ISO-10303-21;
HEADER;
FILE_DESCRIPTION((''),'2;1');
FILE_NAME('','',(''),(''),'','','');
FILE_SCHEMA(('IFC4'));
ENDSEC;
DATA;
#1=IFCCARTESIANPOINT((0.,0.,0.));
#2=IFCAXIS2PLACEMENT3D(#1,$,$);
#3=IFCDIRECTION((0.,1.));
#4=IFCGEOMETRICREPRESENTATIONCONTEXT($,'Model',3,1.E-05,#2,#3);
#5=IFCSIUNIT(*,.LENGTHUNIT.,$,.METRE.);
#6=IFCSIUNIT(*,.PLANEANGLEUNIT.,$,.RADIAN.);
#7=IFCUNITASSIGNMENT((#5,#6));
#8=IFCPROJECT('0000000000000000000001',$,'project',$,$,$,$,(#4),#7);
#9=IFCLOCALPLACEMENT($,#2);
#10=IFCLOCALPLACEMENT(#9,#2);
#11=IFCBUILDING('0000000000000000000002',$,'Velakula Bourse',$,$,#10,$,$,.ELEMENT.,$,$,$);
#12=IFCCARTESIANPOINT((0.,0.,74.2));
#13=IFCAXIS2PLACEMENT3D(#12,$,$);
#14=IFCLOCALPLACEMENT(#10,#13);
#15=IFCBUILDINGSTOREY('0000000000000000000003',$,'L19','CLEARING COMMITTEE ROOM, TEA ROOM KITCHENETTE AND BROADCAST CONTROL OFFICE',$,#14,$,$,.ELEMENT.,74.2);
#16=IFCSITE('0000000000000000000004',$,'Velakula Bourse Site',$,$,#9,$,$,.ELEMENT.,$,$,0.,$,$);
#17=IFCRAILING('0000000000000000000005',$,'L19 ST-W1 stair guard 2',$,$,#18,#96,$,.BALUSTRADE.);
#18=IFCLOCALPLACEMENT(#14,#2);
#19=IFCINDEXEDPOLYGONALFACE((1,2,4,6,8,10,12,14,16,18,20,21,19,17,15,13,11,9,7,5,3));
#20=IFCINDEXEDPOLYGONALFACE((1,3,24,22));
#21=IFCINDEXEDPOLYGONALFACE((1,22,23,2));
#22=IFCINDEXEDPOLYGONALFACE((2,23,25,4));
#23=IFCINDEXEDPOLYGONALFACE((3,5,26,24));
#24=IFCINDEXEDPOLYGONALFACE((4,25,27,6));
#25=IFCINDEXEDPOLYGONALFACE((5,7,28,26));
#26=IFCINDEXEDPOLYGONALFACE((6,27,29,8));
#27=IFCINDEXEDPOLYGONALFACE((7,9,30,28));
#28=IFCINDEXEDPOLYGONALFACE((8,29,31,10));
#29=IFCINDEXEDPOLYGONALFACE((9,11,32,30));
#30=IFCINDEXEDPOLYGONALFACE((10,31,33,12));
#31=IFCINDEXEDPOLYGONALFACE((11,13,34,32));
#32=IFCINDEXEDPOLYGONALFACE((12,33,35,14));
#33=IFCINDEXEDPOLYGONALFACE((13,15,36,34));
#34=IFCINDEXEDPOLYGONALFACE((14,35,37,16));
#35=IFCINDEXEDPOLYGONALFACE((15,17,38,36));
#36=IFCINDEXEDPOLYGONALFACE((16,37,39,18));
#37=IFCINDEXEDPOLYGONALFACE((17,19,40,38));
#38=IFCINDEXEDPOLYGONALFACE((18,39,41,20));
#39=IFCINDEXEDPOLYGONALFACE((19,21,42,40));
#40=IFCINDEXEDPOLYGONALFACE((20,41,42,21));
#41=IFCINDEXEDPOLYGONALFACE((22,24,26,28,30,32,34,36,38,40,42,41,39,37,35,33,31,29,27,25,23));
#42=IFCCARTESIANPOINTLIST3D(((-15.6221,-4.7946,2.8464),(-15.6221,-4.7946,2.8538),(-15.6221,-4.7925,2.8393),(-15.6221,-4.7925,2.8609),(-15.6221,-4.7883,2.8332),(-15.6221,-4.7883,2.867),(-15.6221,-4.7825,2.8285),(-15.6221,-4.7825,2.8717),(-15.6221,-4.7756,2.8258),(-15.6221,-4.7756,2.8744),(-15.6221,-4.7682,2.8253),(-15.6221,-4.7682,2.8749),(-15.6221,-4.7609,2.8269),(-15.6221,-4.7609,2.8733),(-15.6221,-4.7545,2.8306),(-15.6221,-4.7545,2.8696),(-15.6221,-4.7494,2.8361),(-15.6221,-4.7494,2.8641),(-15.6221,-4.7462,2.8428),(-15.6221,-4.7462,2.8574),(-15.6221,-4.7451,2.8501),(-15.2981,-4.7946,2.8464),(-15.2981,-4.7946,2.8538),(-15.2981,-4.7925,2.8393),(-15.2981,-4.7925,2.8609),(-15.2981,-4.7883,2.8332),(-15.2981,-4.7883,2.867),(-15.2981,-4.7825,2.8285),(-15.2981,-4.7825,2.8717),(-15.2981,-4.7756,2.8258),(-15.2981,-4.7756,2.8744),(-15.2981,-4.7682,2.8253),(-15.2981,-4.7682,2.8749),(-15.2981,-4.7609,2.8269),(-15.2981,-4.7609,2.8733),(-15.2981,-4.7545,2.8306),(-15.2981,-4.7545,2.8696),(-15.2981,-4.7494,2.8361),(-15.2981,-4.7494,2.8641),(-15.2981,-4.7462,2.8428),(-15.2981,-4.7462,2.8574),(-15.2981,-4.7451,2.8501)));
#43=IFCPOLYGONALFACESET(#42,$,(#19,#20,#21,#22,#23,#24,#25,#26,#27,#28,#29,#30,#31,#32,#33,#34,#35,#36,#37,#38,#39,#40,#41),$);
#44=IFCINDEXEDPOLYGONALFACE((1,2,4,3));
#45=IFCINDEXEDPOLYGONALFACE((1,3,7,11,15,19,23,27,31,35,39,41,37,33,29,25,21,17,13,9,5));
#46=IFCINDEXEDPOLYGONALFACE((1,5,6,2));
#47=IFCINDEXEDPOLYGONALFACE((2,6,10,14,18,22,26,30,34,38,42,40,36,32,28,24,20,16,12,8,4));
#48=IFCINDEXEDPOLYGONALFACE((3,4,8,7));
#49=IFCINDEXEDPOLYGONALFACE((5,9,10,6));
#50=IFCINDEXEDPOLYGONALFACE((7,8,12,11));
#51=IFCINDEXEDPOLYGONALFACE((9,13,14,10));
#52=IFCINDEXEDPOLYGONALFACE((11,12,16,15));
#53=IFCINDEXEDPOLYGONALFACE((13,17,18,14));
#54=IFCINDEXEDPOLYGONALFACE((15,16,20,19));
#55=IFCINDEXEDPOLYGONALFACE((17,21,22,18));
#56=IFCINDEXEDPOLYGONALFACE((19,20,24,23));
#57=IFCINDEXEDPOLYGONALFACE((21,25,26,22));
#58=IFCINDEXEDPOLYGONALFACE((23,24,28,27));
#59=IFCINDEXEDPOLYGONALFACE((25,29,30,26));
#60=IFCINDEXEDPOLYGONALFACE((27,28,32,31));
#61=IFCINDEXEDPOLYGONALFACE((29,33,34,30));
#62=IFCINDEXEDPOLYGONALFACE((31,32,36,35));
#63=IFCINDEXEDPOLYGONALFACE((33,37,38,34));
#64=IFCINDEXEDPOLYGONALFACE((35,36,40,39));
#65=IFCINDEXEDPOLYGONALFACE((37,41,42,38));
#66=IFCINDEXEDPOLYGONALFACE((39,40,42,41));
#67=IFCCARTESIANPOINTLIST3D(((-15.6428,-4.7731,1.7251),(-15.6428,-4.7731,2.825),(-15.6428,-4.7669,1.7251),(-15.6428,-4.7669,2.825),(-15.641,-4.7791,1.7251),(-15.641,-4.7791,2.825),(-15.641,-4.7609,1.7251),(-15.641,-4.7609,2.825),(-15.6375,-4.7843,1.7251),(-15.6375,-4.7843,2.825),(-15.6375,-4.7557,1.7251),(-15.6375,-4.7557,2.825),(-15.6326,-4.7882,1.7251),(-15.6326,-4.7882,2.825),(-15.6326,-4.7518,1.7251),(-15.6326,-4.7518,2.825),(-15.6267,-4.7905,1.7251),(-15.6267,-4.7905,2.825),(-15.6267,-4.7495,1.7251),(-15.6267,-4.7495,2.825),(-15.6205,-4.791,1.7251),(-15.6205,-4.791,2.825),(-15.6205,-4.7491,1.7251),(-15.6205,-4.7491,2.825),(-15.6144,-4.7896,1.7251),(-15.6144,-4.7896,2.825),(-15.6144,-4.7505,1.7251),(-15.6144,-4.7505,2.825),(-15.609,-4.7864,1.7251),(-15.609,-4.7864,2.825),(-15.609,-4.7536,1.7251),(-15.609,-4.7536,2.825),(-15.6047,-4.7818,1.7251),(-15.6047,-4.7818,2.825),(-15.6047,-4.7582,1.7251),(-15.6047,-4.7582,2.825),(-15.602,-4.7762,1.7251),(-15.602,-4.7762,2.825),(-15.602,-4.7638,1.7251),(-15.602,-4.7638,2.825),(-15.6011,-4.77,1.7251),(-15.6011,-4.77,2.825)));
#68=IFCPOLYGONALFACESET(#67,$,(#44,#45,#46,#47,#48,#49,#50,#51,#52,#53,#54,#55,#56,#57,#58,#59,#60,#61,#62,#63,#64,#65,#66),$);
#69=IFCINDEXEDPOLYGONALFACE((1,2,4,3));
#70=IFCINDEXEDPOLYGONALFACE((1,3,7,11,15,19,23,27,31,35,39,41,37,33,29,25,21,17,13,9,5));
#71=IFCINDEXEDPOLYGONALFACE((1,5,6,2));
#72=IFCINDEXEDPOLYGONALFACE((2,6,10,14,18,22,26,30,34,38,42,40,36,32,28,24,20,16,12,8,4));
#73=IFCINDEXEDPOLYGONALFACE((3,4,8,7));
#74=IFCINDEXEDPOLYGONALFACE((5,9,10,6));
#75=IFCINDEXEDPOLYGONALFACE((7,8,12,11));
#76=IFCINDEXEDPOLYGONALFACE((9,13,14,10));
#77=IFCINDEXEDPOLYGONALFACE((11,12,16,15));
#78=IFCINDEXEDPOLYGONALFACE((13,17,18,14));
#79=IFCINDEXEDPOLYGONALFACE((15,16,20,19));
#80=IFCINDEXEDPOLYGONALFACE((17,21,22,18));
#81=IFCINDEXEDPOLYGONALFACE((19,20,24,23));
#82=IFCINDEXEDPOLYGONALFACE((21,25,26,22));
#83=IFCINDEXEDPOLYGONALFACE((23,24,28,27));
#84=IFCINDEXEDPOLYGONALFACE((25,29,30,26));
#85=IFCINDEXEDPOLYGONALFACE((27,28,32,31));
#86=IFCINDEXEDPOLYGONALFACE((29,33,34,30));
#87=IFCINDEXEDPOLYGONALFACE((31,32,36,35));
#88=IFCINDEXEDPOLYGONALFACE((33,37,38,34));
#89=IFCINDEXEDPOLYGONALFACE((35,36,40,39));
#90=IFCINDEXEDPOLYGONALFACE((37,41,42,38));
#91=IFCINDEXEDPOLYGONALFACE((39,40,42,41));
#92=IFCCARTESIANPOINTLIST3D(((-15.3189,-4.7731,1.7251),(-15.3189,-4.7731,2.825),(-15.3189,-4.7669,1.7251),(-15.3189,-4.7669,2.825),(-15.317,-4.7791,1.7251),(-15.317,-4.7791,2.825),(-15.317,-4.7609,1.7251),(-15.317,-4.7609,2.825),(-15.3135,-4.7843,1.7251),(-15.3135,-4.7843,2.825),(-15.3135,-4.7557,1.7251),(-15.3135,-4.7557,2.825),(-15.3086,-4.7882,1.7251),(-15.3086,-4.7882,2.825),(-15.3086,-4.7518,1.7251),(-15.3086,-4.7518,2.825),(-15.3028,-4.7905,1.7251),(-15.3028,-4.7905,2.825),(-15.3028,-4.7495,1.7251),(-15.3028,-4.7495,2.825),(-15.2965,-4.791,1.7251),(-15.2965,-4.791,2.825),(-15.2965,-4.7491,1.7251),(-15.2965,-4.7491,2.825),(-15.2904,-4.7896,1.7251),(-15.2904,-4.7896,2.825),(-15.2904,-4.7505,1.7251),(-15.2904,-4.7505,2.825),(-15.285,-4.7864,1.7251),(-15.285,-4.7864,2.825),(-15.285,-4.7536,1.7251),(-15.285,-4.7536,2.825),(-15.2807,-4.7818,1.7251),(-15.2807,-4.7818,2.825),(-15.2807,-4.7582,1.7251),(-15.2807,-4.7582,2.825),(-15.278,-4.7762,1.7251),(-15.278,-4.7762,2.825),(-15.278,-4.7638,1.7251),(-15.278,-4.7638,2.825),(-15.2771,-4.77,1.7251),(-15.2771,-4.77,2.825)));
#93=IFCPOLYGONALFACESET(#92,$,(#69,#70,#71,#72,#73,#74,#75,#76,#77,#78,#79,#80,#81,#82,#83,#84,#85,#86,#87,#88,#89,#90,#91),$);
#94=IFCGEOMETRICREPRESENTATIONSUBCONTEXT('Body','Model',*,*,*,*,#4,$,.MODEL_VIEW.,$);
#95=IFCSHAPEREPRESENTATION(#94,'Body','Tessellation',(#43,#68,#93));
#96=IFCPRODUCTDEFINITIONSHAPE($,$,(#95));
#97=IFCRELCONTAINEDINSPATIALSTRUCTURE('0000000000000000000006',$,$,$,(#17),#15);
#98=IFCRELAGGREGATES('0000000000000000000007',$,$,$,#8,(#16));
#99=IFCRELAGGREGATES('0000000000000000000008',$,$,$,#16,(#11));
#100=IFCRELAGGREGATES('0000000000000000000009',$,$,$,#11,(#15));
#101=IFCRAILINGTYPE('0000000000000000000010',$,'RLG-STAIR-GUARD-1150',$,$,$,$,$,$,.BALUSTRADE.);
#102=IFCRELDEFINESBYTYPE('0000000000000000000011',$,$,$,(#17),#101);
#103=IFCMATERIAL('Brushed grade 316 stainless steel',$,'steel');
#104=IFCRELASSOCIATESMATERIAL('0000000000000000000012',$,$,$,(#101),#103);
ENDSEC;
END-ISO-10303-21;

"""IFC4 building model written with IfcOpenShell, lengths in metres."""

from ifc_helpers import new_model, si_unit, direction, frame, origin, origin_2d, place, context, subcontext, project, spatial, circle, extrude, material, type_object, element, save


model = new_model("IFC4")

# Units and contexts
model_context = context("Model", 3, precision=1e-05, world=origin(), true_north=direction((0.0, 1.0)))
body_context = subcontext(model_context, "Body", "Model", "MODEL_VIEW")
ifc_project = project(units=[si_unit("LENGTHUNIT", "METRE"), si_unit("PLANEANGLEUNIT", "RADIAN")], contexts=[model_context])

# Site, building, storey
site_placement = place(None, origin())
site = spatial("IfcSite", under=ifc_project, at=site_placement, Name="Velakula Bourse Site", CompositionType="ELEMENT", RefElevation=0.0)
building_placement = place(site_placement, origin())
building = spatial("IfcBuilding", under=site, at=building_placement, Name="Velakula Bourse", CompositionType="ELEMENT")
storey_placement = place(building_placement, frame((0.0, 0.0, 74.2)))
storey = spatial("IfcBuildingStorey", under=building, at=storey_placement, Name="L19", Description="CLEARING COMMITTEE ROOM, TEA ROOM KITCHENETTE AND BROADCAST CONTROL OFFICE", CompositionType="ELEMENT", Elevation=74.2)

# Shared definitions
ifc_material_1 = material(Name="Brushed grade 316 stainless steel", Category="steel")

# Railing
railing_type_1 = type_object("IfcRailingType", Name="RLG-STAIR-GUARD-1150", PredefinedType="BALUSTRADE", material=ifc_material_1)
railing_1_placement = place(storey_placement, frame((-15.6221, -4.77, 1.7251)))
element("IfcRailing", 1, at=railing_1_placement, inside=storey, type_object=railing_type_1, Name="L19 ST-W1 stair guard 2", PredefinedType="BALUSTRADE", context=body_context, shape_type="SweptSolid", body=[
    extrude(circle(Radius=0.0249, at=origin_2d()), frame((0.0, 0.0, 1.125), z_axis=(1.0, 0.0, 0.0), x_axis=(0.0, 1.0, 0.0)), (0.0, 0.0, 1.0), 0.324),
    extrude(circle(Radius=0.021, at=origin_2d()), origin(), (0.0, 0.0, 1.0), 1.0999),
    extrude(circle(Radius=0.021, at=origin_2d()), frame((0.324, 0.0, 0.0)), (0.0, 0.0, 1.0), 1.0999),
])

save(model, "model.ifc")
